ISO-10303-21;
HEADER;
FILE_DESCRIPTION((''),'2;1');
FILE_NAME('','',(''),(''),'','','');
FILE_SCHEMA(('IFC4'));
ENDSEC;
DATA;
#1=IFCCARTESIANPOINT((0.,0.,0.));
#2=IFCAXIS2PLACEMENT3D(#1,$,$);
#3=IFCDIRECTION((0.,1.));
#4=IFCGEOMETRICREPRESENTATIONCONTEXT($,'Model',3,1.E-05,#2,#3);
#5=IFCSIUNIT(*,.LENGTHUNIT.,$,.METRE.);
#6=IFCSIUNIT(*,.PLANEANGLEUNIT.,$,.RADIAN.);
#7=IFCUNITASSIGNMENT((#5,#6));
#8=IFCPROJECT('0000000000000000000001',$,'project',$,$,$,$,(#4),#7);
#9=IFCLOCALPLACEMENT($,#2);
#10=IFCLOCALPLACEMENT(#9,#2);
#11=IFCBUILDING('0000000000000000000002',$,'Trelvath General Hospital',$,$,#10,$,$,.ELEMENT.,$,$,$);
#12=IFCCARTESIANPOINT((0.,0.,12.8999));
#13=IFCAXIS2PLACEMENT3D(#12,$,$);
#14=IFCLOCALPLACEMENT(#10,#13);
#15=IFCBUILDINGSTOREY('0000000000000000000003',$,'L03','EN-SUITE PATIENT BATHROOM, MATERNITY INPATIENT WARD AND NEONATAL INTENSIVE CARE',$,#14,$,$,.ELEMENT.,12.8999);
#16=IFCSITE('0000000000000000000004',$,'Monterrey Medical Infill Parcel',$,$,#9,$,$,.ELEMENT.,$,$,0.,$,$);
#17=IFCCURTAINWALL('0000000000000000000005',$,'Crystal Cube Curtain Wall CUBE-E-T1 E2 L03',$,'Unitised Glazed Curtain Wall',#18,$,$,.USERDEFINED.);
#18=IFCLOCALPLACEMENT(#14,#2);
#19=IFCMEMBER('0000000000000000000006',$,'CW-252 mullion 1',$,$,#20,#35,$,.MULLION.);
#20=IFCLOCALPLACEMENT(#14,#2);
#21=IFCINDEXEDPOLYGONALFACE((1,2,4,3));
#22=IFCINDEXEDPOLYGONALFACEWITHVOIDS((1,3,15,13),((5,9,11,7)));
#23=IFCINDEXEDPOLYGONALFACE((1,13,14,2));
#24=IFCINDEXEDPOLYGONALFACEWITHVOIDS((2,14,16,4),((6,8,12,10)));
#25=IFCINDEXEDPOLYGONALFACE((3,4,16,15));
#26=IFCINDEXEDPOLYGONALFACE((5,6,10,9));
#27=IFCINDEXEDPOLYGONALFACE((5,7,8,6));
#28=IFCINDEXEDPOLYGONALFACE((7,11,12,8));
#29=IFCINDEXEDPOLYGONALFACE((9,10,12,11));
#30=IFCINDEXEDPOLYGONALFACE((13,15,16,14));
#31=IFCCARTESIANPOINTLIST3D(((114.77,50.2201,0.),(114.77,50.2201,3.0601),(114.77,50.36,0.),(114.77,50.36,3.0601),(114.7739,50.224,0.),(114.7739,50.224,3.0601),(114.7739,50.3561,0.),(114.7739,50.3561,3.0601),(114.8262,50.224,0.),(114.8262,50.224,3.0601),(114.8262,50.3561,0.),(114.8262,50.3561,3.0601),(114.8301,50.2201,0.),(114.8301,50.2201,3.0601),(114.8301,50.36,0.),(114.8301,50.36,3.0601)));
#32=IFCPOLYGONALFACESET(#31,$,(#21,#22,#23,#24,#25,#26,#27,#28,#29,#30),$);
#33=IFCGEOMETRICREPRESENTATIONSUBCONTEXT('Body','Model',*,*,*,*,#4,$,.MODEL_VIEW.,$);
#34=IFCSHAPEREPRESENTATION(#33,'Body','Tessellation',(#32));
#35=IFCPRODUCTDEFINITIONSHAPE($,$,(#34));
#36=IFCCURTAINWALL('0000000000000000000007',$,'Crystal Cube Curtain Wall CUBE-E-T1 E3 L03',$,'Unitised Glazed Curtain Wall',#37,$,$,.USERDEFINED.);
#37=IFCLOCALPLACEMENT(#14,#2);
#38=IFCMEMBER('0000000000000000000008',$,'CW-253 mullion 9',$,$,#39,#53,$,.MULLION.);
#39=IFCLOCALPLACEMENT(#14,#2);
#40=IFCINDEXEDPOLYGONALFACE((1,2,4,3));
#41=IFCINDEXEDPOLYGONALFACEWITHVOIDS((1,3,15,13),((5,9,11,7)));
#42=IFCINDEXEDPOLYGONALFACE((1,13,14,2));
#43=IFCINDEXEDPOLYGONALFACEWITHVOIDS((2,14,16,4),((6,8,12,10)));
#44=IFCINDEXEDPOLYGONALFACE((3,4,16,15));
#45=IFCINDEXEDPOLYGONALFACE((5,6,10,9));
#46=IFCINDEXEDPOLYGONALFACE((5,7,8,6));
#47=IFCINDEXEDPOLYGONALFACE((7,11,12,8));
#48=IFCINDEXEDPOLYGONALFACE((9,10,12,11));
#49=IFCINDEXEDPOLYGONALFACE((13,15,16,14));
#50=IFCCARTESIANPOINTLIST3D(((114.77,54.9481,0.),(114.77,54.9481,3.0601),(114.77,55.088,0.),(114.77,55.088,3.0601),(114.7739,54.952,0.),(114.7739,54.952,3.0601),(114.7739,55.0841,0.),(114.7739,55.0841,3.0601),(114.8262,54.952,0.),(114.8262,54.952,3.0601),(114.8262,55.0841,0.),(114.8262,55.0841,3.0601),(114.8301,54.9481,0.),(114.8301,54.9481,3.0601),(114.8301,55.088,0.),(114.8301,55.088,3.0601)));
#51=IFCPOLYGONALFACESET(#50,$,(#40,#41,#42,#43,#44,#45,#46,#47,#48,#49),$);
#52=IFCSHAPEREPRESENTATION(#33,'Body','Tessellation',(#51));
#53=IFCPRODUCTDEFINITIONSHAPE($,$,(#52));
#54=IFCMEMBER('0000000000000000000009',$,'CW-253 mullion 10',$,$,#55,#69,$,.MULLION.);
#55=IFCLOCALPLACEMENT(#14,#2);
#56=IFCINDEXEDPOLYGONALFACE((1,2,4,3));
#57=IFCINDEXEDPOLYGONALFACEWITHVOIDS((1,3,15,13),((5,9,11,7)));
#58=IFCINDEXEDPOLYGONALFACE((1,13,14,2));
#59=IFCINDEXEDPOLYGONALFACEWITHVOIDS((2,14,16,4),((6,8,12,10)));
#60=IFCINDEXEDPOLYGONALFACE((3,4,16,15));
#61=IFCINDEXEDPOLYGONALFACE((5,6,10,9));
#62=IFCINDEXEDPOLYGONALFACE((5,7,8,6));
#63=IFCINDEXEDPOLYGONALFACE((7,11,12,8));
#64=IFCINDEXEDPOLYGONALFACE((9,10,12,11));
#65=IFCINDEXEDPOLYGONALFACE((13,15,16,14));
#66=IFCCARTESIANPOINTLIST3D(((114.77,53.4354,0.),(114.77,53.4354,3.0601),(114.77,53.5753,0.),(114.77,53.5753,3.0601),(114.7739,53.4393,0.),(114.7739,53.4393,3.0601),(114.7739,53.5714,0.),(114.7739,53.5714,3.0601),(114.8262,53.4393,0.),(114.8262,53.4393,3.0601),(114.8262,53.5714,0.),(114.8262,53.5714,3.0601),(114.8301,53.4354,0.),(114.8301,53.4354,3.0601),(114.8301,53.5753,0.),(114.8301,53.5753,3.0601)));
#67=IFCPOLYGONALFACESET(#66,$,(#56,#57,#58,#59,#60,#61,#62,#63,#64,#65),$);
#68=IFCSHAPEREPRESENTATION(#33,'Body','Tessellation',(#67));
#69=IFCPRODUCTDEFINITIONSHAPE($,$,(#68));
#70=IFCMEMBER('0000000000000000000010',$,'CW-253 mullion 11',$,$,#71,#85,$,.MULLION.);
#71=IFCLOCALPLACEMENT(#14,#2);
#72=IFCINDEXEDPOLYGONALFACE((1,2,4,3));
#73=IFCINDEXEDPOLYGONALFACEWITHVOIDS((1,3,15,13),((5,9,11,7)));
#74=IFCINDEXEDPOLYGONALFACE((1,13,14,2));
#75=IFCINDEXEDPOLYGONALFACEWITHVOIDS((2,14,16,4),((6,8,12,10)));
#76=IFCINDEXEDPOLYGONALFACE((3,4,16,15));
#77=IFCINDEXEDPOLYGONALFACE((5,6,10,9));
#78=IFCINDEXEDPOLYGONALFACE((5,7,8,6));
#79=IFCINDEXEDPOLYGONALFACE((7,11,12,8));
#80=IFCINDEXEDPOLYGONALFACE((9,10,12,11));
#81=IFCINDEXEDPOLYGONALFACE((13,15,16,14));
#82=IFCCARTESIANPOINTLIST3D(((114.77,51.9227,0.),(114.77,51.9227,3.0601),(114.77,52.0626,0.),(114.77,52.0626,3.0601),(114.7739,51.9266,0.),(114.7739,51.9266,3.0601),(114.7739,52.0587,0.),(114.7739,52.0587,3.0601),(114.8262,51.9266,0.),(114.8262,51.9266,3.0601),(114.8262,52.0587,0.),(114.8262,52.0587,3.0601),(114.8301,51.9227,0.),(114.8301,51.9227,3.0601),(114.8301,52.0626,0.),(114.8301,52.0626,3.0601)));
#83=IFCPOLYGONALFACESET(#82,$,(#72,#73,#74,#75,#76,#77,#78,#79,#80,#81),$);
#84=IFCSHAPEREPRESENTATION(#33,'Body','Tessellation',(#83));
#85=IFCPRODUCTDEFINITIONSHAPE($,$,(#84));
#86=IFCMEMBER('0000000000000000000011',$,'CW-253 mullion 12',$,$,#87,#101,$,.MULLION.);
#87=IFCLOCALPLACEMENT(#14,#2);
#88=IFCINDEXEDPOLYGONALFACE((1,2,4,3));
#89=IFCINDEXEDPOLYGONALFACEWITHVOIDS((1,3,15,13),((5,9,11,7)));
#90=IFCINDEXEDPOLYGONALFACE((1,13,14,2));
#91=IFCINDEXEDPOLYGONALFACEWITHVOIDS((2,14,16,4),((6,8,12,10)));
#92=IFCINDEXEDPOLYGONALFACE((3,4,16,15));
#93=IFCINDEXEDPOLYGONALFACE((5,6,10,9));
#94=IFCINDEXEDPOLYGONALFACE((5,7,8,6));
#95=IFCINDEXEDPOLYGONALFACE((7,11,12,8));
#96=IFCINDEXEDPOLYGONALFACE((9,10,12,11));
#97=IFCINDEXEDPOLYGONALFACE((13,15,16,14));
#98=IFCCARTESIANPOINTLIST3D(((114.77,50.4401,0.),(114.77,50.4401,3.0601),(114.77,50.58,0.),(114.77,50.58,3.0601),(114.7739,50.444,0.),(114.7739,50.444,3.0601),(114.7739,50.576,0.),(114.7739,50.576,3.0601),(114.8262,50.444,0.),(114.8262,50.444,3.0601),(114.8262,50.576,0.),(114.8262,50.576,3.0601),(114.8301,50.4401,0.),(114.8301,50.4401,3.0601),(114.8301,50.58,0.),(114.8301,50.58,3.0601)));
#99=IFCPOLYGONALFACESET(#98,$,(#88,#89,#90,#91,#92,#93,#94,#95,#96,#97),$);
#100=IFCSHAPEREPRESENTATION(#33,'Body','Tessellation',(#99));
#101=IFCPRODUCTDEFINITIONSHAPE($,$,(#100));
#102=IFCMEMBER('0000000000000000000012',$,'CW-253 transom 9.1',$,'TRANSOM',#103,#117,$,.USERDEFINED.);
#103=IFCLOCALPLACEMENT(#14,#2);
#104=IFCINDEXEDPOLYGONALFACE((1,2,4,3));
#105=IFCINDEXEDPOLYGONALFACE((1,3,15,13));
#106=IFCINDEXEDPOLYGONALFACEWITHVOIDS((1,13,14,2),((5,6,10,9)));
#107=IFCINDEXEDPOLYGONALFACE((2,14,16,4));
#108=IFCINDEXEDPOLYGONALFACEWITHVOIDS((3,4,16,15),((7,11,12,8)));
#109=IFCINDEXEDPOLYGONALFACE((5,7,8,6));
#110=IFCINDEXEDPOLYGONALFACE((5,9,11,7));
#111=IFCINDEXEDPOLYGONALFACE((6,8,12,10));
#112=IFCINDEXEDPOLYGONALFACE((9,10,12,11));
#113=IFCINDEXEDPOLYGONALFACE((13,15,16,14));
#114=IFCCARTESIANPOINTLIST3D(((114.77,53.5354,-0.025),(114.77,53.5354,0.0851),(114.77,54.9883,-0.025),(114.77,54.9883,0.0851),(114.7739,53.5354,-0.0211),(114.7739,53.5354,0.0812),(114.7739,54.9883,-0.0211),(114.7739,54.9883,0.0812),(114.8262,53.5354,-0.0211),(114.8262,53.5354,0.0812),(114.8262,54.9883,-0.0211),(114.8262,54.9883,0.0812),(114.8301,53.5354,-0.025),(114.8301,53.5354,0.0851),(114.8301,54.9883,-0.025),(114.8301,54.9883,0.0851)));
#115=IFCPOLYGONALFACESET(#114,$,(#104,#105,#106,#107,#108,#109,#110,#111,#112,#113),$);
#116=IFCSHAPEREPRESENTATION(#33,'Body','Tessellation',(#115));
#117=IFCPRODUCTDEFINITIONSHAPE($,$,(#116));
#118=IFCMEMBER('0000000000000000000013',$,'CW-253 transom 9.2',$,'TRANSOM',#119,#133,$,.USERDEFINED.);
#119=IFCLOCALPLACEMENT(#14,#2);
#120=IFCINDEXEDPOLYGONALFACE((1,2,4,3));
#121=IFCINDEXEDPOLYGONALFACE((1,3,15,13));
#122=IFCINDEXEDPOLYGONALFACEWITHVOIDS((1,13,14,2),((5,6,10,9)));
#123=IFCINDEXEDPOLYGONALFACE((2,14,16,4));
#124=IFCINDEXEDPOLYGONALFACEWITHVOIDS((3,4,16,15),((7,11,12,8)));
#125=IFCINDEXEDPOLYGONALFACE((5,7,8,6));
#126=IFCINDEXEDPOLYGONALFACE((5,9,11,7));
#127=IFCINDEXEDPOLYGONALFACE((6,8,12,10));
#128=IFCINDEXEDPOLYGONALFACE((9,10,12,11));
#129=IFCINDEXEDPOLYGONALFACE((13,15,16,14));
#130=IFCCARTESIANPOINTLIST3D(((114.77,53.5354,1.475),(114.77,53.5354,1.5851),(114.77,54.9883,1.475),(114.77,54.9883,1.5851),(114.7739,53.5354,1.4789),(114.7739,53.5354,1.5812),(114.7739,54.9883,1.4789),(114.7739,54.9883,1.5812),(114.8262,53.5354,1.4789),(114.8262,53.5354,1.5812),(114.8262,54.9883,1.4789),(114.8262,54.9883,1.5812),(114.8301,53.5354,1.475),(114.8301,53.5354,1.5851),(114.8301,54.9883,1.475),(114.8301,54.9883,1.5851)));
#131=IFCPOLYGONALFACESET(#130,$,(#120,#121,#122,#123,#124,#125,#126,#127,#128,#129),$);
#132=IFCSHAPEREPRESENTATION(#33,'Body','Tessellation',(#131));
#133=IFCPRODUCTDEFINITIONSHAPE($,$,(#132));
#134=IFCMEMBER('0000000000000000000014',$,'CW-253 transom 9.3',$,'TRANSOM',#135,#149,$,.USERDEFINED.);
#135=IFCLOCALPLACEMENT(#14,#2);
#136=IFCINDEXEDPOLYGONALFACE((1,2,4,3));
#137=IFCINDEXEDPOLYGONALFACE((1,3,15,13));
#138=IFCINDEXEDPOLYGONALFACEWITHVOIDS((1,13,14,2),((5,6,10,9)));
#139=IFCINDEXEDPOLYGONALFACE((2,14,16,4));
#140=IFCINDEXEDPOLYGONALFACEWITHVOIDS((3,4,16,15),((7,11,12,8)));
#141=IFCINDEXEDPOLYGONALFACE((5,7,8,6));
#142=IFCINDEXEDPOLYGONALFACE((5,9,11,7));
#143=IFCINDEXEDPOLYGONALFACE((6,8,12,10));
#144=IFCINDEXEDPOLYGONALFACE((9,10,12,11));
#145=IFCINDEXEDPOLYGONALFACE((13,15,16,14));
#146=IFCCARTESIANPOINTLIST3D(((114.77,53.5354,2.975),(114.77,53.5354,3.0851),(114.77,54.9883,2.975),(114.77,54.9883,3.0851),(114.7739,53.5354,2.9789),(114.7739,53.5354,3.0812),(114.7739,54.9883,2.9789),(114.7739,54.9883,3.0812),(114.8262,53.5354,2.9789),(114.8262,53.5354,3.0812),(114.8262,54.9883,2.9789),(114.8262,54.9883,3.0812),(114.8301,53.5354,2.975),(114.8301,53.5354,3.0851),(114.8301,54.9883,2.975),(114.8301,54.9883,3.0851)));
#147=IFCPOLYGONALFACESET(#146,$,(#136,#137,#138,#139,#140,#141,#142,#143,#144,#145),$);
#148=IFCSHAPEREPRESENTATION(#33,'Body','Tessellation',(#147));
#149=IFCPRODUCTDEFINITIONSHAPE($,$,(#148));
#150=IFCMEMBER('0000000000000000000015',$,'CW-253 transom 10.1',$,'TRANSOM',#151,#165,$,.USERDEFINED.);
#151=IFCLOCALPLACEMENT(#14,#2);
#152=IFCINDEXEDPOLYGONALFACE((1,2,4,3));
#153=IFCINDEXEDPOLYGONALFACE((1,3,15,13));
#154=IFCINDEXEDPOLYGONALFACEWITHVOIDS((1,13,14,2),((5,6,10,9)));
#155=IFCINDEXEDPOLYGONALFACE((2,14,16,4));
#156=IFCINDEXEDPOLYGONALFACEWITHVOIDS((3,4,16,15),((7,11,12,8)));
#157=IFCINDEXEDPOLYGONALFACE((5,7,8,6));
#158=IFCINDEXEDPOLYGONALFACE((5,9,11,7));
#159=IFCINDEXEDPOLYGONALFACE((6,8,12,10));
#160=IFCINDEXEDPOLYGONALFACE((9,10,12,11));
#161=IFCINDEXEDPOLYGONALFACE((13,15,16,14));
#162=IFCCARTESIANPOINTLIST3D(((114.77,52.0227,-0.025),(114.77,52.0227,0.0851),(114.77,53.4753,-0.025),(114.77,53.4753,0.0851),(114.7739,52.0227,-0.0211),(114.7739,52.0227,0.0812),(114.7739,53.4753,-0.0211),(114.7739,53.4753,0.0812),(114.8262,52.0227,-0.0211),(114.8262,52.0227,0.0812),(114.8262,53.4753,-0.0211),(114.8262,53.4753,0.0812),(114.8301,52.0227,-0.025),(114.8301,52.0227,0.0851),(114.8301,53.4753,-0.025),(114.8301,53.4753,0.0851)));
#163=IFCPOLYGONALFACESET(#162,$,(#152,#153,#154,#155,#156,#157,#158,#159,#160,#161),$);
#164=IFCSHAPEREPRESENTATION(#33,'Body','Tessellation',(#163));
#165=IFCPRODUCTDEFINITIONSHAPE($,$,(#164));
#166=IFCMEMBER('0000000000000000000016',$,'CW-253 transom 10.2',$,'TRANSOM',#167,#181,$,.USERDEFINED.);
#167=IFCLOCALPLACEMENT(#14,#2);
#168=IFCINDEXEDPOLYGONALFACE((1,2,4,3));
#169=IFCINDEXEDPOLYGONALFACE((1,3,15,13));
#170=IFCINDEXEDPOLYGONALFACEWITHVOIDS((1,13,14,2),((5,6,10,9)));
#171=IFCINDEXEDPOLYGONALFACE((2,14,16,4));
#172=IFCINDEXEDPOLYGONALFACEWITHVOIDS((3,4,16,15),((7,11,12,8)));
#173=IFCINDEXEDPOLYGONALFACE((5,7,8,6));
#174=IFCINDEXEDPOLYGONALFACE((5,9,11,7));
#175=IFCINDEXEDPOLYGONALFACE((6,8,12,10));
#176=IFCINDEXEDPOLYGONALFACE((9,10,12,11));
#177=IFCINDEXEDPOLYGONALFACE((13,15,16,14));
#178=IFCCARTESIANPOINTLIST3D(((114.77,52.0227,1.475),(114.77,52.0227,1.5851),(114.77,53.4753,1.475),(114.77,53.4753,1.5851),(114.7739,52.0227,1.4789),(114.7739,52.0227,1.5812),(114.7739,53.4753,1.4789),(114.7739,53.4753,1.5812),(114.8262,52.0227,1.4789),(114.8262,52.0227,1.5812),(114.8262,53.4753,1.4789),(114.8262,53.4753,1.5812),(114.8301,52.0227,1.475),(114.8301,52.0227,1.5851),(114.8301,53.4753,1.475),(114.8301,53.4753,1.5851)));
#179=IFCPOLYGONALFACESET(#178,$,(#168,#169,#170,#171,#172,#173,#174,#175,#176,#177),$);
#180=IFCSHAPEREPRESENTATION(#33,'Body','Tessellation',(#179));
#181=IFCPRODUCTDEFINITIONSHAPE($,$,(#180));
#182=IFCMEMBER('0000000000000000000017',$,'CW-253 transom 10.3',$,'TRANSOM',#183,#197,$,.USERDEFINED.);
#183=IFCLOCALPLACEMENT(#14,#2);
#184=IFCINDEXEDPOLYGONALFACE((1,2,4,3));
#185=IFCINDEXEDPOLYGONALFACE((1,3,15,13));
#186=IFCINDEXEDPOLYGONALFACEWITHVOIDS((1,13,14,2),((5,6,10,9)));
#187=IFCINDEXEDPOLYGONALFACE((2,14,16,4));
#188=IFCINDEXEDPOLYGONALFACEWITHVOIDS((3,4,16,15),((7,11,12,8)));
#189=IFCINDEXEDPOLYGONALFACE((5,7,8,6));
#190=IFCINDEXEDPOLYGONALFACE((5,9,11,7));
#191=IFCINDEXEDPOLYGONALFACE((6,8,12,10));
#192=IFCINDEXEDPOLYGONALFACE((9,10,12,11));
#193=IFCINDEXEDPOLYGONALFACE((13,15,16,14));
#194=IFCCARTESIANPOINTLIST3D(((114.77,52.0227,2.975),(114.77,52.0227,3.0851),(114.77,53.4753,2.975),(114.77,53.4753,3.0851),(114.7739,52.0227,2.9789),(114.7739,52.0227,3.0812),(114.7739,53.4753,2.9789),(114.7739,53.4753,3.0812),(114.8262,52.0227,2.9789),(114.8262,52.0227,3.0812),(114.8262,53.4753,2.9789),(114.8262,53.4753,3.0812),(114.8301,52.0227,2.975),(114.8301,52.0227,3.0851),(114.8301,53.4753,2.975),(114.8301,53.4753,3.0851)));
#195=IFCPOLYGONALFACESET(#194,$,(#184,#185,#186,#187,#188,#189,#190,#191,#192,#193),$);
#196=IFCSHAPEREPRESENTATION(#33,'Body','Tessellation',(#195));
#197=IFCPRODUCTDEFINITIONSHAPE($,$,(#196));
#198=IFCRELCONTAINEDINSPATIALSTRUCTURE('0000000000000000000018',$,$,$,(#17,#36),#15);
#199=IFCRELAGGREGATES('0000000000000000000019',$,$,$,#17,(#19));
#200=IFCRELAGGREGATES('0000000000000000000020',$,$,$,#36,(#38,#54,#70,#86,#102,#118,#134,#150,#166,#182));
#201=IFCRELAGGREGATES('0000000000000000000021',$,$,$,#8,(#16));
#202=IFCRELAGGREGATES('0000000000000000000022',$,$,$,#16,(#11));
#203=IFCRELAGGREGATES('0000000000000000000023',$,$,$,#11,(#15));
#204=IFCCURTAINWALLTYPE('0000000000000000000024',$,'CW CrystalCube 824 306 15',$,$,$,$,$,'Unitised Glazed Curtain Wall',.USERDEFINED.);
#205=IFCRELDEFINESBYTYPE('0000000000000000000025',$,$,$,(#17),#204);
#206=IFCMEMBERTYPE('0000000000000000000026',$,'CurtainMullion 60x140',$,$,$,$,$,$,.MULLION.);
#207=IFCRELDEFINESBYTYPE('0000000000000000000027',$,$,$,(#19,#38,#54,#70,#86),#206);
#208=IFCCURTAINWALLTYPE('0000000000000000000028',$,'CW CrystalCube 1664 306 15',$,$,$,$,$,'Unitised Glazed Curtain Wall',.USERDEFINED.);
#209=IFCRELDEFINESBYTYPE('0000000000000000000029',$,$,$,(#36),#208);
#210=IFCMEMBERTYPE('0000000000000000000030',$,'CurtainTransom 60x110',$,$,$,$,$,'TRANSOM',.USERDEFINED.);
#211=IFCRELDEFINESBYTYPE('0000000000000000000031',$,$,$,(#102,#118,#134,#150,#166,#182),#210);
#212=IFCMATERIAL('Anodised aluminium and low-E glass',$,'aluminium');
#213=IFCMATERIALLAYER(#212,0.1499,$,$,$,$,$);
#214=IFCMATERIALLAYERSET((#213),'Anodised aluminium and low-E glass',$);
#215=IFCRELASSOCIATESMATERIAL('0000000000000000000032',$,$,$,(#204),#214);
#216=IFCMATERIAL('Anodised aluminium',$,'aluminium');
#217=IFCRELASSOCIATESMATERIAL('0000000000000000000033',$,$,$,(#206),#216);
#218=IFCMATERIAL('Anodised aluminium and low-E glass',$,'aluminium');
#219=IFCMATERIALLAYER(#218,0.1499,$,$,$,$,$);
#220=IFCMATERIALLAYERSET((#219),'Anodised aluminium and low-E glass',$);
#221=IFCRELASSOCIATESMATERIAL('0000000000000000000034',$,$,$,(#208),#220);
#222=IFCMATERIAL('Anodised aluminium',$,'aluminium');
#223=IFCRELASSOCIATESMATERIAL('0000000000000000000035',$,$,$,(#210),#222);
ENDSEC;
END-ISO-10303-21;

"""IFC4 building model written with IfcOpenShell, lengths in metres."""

from ifc_helpers import new_model, si_unit, direction, frame, origin, origin_2d, place, context, subcontext, project, spatial, hollow_rectangle, extrude, material, layer, layer_set, material_profile, profile_set, type_object, element, aggregate, save


model = new_model("IFC4")

# Units and contexts
model_context = context("Model", 3, precision=1e-05, world=origin(), true_north=direction((0.0, 1.0)))
body_context = subcontext(model_context, "Body", "Model", "MODEL_VIEW")
ifc_project = project(units=[si_unit("LENGTHUNIT", "METRE"), si_unit("PLANEANGLEUNIT", "RADIAN")], contexts=[model_context])

# Site, building, storey
site_placement = place(None, origin())
site = spatial("IfcSite", under=ifc_project, at=site_placement, Name="Monterrey Medical Infill Parcel", CompositionType="ELEMENT", RefElevation=0.0)
building_placement = place(site_placement, origin())
building = spatial("IfcBuilding", under=site, at=building_placement, Name="Trelvath General Hospital", CompositionType="ELEMENT")
storey_placement = place(building_placement, frame((0.0, 0.0, 12.8999)))
storey = spatial("IfcBuildingStorey", under=building, at=storey_placement, Name="L03", Description="EN-SUITE PATIENT BATHROOM, MATERNITY INPATIENT WARD AND NEONATAL INTENSIVE CARE", CompositionType="ELEMENT", Elevation=12.8999)

# Curtain wall, member
ifc_material_1 = material(Name="Anodised aluminium and low-E glass", Category="aluminium")
ifc_layer_1 = layer(ifc_material_1, 0.1499)
ifc_layer_set_1 = layer_set([ifc_layer_1], Name="Anodised aluminium and low-E glass")
curtain_wall_type_1 = type_object("IfcCurtainWallType", Name="CW CrystalCube 824 306 15", ElementType="Unitised Glazed Curtain Wall", PredefinedType="USERDEFINED", material=ifc_layer_set_1)
curtain_wall_1_placement = place(storey_placement, origin())
curtain_wall_1 = element("IfcCurtainWall", 1, at=curtain_wall_1_placement, inside=storey, type_object=curtain_wall_type_1, Name="Crystal Cube Curtain Wall CUBE-E-T1 E2 L03", ObjectType="Unitised Glazed Curtain Wall", PredefinedType="USERDEFINED")
ifc_material_2 = material(Name="Anodised aluminium", Category="aluminium")
ifc_material_profile_1 = material_profile(ifc_material_2, hollow_rectangle(XDim=0.0601, YDim=0.1399, WallThickness=0.0039, at=origin_2d()), Name="RHS60x140x4")
ifc_profile_set_1 = profile_set([ifc_material_profile_1], Name="Anodised aluminium")
member_type_1 = type_object("IfcMemberType", Name="CurtainMullion 60x140", PredefinedType="MULLION", material=ifc_profile_set_1)
member_1_placement = place(storey_placement, frame((114.8, 50.29, 0.0), z_axis=(0.0, 0.0, 1.0), x_axis=(1.0, 0.0, 0.0)))
member_1 = element("IfcMember", 2, at=member_1_placement, type_object=member_type_1, Name="CW-252 mullion 1", PredefinedType="MULLION", context=body_context, shape_type="SweptSolid", body=[
    extrude(hollow_rectangle(XDim=0.0601, YDim=0.1399, WallThickness=0.0039, at=origin_2d()), origin(), (0.0, 0.0, 1.0), 3.0601),
])
aggregate(curtain_wall_1, [member_1])

# Curtain wall, members
ifc_material_3 = material(Name="Anodised aluminium and low-E glass", Category="aluminium")
ifc_layer_2 = layer(ifc_material_3, 0.1499)
ifc_layer_set_2 = layer_set([ifc_layer_2], Name="Anodised aluminium and low-E glass")
curtain_wall_type_2 = type_object("IfcCurtainWallType", Name="CW CrystalCube 1664 306 15", ElementType="Unitised Glazed Curtain Wall", PredefinedType="USERDEFINED", material=ifc_layer_set_2)
curtain_wall_2_placement = place(storey_placement, origin())
curtain_wall_2 = element("IfcCurtainWall", 3, at=curtain_wall_2_placement, inside=storey, type_object=curtain_wall_type_2, Name="Crystal Cube Curtain Wall CUBE-E-T1 E3 L03", ObjectType="Unitised Glazed Curtain Wall", PredefinedType="USERDEFINED")
member_2_placement = place(storey_placement, frame((114.8, 55.0181, 0.0), z_axis=(0.0, 0.0, 1.0), x_axis=(1.0, 0.0, 0.0)))
member_2 = element("IfcMember", 4, at=member_2_placement, type_object=member_type_1, Name="CW-253 mullion 9", PredefinedType="MULLION", context=body_context, shape_type="SweptSolid", body=[
    extrude(hollow_rectangle(XDim=0.0601, YDim=0.1399, WallThickness=0.0039, at=origin_2d()), origin(), (0.0, 0.0, 1.0), 3.0601),
])
member_3_placement = place(storey_placement, frame((114.8, 53.5054, 0.0), z_axis=(0.0, 0.0, 1.0), x_axis=(1.0, 0.0, 0.0)))
member_3 = element("IfcMember", 5, at=member_3_placement, type_object=member_type_1, Name="CW-253 mullion 10", PredefinedType="MULLION", context=body_context, shape_type="SweptSolid", body=[
    extrude(hollow_rectangle(XDim=0.0601, YDim=0.1399, WallThickness=0.0039, at=origin_2d()), origin(), (0.0, 0.0, 1.0), 3.0601),
])
member_4_placement = place(storey_placement, frame((114.8, 51.9927, 0.0), z_axis=(0.0, 0.0, 1.0), x_axis=(1.0, 0.0, 0.0)))
member_4 = element("IfcMember", 6, at=member_4_placement, type_object=member_type_1, Name="CW-253 mullion 11", PredefinedType="MULLION", context=body_context, shape_type="SweptSolid", body=[
    extrude(hollow_rectangle(XDim=0.0601, YDim=0.1399, WallThickness=0.0039, at=origin_2d()), origin(), (0.0, 0.0, 1.0), 3.0601),
])
member_5_placement = place(storey_placement, frame((114.8, 50.51, 0.0), z_axis=(0.0, 0.0, 1.0), x_axis=(1.0, 0.0, 0.0)))
member_5 = element("IfcMember", 7, at=member_5_placement, type_object=member_type_1, Name="CW-253 mullion 12", PredefinedType="MULLION", context=body_context, shape_type="SweptSolid", body=[
    extrude(hollow_rectangle(XDim=0.0601, YDim=0.1399, WallThickness=0.0039, at=origin_2d()), origin(), (0.0, 0.0, 1.0), 3.0601),
])
ifc_material_4 = material(Name="Anodised aluminium", Category="aluminium")
ifc_material_profile_2 = material_profile(ifc_material_4, hollow_rectangle(XDim=0.0601, YDim=0.1101, WallThickness=0.0039, at=origin_2d()), Name="RHS60x110x4")
ifc_profile_set_2 = profile_set([ifc_material_profile_2], Name="Anodised aluminium")
member_type_2 = type_object("IfcMemberType", Name="CurtainTransom 60x110", ElementType="TRANSOM", PredefinedType="USERDEFINED", material=ifc_profile_set_2)
member_6_placement = place(storey_placement, frame((114.8, 54.9883, 0.03), z_axis=(0.0, -1.0, 0.0), x_axis=(1.0, 0.0, 0.0)))
member_6 = element("IfcMember", 8, at=member_6_placement, type_object=member_type_2, Name="CW-253 transom 9.1", ObjectType="TRANSOM", PredefinedType="USERDEFINED", context=body_context, shape_type="SweptSolid", body=[
    extrude(hollow_rectangle(XDim=0.0601, YDim=0.1101, WallThickness=0.0039, at=origin_2d()), origin(), (0.0, 0.0, 1.0), 1.4529),
])
member_7_placement = place(storey_placement, frame((114.8, 54.9883, 1.53), z_axis=(0.0, -1.0, 0.0), x_axis=(1.0, 0.0, 0.0)))
member_7 = element("IfcMember", 9, at=member_7_placement, type_object=member_type_2, Name="CW-253 transom 9.2", ObjectType="TRANSOM", PredefinedType="USERDEFINED", context=body_context, shape_type="SweptSolid", body=[
    extrude(hollow_rectangle(XDim=0.0601, YDim=0.1101, WallThickness=0.0039, at=origin_2d()), origin(), (0.0, 0.0, 1.0), 1.4529),
])
member_8_placement = place(storey_placement, frame((114.8, 54.9883, 3.03), z_axis=(0.0, -1.0, 0.0), x_axis=(1.0, 0.0, 0.0)))
member_8 = element("IfcMember", 10, at=member_8_placement, type_object=member_type_2, Name="CW-253 transom 9.3", ObjectType="TRANSOM", PredefinedType="USERDEFINED", context=body_context, shape_type="SweptSolid", body=[
    extrude(hollow_rectangle(XDim=0.0601, YDim=0.1101, WallThickness=0.0039, at=origin_2d()), origin(), (0.0, 0.0, 1.0), 1.4529),
])
member_9_placement = place(storey_placement, frame((114.8, 53.4753, 0.03), z_axis=(0.0, -1.0, 0.0), x_axis=(1.0, 0.0, 0.0)))
member_9 = element("IfcMember", 11, at=member_9_placement, type_object=member_type_2, Name="CW-253 transom 10.1", ObjectType="TRANSOM", PredefinedType="USERDEFINED", context=body_context, shape_type="SweptSolid", body=[
    extrude(hollow_rectangle(XDim=0.0601, YDim=0.1101, WallThickness=0.0039, at=origin_2d()), origin(), (0.0, 0.0, 1.0), 1.4526),
])
member_10_placement = place(storey_placement, frame((114.8, 53.4753, 1.53), z_axis=(0.0, -1.0, 0.0), x_axis=(1.0, 0.0, 0.0)))
member_10 = element("IfcMember", 12, at=member_10_placement, type_object=member_type_2, Name="CW-253 transom 10.2", ObjectType="TRANSOM", PredefinedType="USERDEFINED", context=body_context, shape_type="SweptSolid", body=[
    extrude(hollow_rectangle(XDim=0.0601, YDim=0.1101, WallThickness=0.0039, at=origin_2d()), origin(), (0.0, 0.0, 1.0), 1.4526),
])
member_11_placement = place(storey_placement, frame((114.8, 53.4753, 3.03), z_axis=(0.0, -1.0, 0.0), x_axis=(1.0, 0.0, 0.0)))
member_11 = element("IfcMember", 13, at=member_11_placement, type_object=member_type_2, Name="CW-253 transom 10.3", ObjectType="TRANSOM", PredefinedType="USERDEFINED", context=body_context, shape_type="SweptSolid", body=[
    extrude(hollow_rectangle(XDim=0.0601, YDim=0.1101, WallThickness=0.0039, at=origin_2d()), origin(), (0.0, 0.0, 1.0), 1.4526),
])
aggregate(curtain_wall_2, [member_2, member_3, member_4, member_5, member_6, member_7, member_8, member_9, member_10, member_11])

save(model, "model.ifc")
